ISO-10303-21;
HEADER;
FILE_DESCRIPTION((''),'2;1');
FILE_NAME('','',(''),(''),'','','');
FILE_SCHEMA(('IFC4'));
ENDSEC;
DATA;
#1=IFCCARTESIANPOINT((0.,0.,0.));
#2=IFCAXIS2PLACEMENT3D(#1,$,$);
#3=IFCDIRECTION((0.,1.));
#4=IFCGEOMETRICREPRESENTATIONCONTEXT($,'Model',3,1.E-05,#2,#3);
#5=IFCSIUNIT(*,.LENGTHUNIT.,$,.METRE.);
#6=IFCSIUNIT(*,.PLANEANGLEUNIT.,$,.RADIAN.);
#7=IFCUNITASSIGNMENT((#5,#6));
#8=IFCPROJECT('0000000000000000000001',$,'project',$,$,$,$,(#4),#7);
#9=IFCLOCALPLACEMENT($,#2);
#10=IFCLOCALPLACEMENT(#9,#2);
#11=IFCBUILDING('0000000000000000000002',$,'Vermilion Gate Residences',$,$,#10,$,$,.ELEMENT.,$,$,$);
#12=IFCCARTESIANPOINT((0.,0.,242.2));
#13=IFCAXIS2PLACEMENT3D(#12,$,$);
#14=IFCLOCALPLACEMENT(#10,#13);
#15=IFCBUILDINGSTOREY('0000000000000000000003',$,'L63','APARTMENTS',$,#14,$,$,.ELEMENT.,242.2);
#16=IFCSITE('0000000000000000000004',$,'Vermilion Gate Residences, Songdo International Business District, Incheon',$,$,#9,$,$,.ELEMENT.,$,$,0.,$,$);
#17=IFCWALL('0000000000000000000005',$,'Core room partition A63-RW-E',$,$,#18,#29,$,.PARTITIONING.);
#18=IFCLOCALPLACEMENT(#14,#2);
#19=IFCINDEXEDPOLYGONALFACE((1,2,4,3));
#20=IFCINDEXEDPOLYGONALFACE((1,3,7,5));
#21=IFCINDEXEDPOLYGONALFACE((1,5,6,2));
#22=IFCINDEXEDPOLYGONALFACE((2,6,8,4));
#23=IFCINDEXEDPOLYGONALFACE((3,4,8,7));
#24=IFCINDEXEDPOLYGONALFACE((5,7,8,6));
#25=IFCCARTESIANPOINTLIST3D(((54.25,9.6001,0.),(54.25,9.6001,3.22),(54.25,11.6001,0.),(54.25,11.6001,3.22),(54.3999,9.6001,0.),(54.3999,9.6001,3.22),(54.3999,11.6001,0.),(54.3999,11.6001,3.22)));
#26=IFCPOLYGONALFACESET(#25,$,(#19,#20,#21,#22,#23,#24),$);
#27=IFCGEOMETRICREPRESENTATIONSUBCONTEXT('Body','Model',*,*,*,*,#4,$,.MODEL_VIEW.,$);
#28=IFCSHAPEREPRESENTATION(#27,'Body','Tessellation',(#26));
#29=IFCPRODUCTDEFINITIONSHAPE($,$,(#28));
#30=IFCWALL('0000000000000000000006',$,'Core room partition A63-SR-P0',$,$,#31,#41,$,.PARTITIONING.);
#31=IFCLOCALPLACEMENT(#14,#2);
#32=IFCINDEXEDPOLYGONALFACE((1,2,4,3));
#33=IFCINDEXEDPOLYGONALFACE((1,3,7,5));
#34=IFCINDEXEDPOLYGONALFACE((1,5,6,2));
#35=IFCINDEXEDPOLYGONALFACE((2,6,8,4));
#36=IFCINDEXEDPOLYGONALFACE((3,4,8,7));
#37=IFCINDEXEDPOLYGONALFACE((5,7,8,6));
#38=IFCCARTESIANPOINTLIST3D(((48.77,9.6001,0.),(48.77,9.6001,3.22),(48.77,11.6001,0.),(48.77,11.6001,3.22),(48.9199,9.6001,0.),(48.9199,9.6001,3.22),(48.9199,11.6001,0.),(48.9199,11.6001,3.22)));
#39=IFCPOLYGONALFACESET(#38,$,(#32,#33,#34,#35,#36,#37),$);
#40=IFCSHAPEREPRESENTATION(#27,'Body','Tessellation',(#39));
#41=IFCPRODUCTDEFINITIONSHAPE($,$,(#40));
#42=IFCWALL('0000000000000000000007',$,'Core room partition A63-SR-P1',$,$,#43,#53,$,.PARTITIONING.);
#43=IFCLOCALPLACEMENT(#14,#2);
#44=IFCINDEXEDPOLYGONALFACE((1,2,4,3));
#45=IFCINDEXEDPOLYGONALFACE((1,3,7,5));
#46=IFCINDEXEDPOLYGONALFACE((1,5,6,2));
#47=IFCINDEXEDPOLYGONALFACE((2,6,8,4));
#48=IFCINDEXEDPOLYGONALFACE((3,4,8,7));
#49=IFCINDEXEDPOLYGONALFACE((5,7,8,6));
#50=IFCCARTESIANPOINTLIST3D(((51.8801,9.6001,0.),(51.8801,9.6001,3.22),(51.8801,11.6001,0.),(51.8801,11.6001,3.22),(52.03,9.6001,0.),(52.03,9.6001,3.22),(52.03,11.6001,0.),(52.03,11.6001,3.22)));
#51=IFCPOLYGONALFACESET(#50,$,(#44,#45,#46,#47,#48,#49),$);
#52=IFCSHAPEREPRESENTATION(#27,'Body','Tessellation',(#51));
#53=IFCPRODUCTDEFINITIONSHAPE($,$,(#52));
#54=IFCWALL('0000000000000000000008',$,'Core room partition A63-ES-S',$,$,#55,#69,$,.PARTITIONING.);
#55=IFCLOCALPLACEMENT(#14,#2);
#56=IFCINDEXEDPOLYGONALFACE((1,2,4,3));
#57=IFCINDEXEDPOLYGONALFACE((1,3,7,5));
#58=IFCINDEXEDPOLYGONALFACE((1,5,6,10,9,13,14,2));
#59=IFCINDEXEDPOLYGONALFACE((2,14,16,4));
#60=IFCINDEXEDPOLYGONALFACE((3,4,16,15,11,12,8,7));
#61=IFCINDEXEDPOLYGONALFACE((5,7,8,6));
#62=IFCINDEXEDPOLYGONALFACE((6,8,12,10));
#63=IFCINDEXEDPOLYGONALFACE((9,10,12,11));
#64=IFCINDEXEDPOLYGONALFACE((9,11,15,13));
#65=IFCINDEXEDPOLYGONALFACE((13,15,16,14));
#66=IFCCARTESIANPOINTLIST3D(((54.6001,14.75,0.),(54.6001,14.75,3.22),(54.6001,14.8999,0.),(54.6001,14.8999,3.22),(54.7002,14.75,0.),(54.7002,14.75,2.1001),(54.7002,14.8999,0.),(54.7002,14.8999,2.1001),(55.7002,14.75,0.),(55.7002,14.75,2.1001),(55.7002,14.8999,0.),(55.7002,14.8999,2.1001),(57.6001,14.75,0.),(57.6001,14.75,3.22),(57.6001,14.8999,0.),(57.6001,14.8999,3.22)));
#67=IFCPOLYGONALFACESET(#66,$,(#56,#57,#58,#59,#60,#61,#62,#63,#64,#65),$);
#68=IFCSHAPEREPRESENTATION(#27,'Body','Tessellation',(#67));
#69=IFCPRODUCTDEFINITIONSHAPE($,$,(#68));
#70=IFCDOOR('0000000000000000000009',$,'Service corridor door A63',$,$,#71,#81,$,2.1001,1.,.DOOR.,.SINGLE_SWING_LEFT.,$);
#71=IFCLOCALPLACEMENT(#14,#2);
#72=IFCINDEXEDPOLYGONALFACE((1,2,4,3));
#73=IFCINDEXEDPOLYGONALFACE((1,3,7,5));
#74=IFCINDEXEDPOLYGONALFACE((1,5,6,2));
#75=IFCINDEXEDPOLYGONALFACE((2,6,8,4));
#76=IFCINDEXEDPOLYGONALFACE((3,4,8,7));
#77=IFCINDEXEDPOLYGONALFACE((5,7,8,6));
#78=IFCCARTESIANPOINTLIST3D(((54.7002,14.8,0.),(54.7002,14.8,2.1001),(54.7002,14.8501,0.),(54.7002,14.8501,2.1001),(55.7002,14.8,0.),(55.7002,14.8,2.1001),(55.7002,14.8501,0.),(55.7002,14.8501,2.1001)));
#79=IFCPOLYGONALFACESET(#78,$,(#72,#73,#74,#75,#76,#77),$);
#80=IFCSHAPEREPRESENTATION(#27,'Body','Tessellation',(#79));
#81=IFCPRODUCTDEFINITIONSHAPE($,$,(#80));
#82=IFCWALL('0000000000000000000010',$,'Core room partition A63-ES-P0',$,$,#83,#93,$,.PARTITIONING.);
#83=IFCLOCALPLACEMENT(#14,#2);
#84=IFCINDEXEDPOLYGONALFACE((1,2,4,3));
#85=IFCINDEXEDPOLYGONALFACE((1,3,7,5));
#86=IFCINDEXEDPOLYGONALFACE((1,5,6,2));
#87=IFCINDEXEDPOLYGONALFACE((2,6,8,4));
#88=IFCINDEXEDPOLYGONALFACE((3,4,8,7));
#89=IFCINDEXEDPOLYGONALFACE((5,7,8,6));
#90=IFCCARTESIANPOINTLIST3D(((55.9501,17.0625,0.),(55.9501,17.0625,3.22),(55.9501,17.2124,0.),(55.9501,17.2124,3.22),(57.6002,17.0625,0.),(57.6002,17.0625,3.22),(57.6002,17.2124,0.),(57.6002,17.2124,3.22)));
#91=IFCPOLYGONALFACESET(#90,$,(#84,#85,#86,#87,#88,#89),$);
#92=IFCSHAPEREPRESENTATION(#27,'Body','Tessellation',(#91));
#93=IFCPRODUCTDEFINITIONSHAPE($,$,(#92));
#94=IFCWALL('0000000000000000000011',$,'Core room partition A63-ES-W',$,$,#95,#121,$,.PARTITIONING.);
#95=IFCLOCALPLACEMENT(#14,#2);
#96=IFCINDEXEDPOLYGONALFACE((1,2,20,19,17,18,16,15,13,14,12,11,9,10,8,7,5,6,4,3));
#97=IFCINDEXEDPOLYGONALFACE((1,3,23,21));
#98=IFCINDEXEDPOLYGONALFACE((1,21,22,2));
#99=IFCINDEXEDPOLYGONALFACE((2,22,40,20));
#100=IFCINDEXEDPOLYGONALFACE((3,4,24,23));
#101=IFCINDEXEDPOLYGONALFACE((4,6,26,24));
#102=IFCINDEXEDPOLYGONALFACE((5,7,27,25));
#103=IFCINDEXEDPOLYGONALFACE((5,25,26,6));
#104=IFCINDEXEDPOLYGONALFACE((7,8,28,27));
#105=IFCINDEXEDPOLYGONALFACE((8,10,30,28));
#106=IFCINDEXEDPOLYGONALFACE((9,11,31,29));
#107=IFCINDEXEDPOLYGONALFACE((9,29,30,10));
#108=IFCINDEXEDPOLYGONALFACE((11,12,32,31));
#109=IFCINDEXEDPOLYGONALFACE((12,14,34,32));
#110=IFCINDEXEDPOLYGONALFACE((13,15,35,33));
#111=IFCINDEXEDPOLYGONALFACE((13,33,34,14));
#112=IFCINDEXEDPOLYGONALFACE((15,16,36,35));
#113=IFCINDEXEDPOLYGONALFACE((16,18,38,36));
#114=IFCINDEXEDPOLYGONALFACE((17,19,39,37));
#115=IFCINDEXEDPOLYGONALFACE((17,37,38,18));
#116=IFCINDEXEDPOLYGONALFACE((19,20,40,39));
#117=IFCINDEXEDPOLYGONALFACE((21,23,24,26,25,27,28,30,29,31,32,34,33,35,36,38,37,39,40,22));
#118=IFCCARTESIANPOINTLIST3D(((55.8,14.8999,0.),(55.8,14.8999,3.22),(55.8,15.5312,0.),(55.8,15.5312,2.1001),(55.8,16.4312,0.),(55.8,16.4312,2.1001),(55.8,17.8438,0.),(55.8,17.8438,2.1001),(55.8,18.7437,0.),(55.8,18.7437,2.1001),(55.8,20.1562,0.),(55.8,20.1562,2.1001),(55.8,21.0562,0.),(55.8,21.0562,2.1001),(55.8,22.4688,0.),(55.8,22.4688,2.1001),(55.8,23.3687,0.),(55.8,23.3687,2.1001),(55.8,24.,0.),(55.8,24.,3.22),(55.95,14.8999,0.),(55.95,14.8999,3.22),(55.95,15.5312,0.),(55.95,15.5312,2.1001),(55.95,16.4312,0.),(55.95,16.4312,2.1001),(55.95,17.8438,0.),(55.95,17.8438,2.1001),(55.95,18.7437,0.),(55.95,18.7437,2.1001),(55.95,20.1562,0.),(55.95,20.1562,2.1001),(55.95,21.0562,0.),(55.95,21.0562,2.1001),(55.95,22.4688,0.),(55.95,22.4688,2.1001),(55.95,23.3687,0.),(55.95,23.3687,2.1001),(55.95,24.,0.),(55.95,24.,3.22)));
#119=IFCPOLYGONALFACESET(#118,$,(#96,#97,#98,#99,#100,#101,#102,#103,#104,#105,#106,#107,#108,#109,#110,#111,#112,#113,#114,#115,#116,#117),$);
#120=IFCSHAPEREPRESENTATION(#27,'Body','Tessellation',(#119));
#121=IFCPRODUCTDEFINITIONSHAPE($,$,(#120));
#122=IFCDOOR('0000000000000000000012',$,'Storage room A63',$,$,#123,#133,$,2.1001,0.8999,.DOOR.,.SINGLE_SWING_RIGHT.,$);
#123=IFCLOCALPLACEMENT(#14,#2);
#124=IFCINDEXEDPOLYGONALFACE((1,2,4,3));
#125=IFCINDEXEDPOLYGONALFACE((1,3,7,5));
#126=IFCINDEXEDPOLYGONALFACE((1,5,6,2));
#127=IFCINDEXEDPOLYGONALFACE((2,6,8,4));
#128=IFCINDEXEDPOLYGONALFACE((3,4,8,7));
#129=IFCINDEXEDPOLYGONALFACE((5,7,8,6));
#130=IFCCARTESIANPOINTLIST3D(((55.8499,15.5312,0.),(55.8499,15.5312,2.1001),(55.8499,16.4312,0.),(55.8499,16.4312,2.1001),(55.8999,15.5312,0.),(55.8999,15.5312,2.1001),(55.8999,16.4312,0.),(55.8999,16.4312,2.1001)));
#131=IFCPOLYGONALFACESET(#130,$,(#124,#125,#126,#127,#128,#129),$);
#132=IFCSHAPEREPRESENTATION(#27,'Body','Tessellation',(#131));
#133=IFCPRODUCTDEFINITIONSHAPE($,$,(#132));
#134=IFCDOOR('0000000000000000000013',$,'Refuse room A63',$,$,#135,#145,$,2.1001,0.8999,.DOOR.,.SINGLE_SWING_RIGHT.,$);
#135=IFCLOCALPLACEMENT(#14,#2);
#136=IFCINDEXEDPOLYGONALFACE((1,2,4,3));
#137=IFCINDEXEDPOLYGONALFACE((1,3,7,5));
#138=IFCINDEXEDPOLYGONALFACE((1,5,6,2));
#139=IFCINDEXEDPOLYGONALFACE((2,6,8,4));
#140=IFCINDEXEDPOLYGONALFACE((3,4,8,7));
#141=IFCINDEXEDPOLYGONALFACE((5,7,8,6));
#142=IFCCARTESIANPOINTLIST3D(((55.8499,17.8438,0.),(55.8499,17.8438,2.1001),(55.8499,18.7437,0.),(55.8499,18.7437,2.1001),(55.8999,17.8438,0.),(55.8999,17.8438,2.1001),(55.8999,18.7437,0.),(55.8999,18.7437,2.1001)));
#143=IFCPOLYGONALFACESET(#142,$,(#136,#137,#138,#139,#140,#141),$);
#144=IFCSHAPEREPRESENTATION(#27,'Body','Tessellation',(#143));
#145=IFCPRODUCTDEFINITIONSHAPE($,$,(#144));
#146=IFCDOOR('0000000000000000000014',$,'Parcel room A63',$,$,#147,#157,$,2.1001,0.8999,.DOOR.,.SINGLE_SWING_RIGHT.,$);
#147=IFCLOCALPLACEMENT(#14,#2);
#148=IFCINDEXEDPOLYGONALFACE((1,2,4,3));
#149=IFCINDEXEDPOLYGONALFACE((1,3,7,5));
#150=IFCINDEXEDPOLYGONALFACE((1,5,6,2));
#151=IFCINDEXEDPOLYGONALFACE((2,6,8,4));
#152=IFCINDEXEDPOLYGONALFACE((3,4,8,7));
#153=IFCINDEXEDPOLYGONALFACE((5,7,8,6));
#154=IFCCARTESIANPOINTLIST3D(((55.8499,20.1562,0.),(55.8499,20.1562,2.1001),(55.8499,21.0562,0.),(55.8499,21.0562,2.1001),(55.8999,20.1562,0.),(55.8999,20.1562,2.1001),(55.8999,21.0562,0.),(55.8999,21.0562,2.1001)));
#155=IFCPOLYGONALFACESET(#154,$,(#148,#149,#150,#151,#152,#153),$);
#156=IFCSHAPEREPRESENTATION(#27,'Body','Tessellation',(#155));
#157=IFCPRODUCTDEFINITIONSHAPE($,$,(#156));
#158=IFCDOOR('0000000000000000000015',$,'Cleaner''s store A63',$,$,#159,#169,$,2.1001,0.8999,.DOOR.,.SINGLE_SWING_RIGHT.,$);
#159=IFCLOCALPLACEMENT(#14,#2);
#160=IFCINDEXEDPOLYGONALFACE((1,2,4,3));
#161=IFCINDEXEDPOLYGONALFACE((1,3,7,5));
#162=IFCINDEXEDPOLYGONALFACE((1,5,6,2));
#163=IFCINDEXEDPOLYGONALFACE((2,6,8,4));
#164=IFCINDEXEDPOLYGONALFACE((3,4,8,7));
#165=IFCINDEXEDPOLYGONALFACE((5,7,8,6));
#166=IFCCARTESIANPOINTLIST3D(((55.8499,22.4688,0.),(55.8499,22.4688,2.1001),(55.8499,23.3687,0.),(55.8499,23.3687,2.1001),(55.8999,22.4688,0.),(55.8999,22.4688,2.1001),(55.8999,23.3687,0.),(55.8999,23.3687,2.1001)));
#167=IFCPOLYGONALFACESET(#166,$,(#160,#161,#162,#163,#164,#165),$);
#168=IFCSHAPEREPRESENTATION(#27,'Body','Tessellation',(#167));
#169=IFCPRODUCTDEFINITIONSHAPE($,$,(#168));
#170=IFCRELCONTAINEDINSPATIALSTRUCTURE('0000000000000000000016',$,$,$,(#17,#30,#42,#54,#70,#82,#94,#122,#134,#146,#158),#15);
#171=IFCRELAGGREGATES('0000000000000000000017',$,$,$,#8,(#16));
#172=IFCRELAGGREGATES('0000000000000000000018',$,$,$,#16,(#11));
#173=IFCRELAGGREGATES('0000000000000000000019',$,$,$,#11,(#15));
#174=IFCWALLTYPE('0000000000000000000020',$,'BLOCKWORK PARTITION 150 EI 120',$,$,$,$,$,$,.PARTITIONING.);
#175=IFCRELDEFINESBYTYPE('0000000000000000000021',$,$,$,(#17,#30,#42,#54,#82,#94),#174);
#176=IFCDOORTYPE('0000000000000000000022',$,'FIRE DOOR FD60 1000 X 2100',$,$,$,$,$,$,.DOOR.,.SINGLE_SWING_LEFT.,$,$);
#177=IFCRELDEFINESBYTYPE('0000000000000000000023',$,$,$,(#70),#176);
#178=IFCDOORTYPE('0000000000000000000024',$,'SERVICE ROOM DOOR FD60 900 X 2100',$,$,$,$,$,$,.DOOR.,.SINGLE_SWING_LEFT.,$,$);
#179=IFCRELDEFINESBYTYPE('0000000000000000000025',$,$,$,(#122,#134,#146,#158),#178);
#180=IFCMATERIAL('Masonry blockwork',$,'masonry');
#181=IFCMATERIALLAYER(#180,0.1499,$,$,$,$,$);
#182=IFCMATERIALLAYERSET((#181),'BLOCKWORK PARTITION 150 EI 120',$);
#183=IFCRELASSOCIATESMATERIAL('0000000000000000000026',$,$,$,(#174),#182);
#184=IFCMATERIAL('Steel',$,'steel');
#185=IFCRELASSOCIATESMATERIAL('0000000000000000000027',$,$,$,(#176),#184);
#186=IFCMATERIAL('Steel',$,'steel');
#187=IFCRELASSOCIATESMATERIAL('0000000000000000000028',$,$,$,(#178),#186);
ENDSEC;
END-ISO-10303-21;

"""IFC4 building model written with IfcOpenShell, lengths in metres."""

from ifc_helpers import new_model, si_unit, direction, frame, frame_2d, origin, place, context, subcontext, project, spatial, rectangle, extrude, material, layer, layer_set, type_object, element, fill, save


model = new_model("IFC4")

# Units and contexts
model_context = context("Model", 3, precision=1e-05, world=origin(), true_north=direction((0.0, 1.0)))
body_context = subcontext(model_context, "Body", "Model", "MODEL_VIEW")
ifc_project = project(units=[si_unit("LENGTHUNIT", "METRE"), si_unit("PLANEANGLEUNIT", "RADIAN")], contexts=[model_context])

# Site, building, storey
site_placement = place(None, origin())
site = spatial("IfcSite", under=ifc_project, at=site_placement, Name="Vermilion Gate Residences, Songdo International Business District, Incheon", CompositionType="ELEMENT", RefElevation=0.0)
building_placement = place(site_placement, origin())
building = spatial("IfcBuilding", under=site, at=building_placement, Name="Vermilion Gate Residences", CompositionType="ELEMENT")
storey_placement = place(building_placement, frame((0.0, 0.0, 242.2)))
storey = spatial("IfcBuildingStorey", under=building, at=storey_placement, Name="L63", Description="APARTMENTS", CompositionType="ELEMENT", Elevation=242.2)

# Walls
ifc_material_1 = material(Name="Masonry blockwork", Category="masonry")
ifc_layer_1 = layer(ifc_material_1, 0.1499)
ifc_layer_set_1 = layer_set([ifc_layer_1], Name="BLOCKWORK PARTITION 150 EI 120")
wall_type_1 = type_object("IfcWallType", Name="BLOCKWORK PARTITION 150 EI 120", PredefinedType="PARTITIONING", material=ifc_layer_set_1)
for number, where, z_axis, x_axis, name in (
    (1, (54.325, 9.6001, 0.0), (0.0, 0.0, 1.0), (0.0, 1.0, 0.0), "Core room partition A63-RW-E"),
    (2, (48.845, 9.6001, 0.0), (0.0, 0.0, 1.0), (0.0, 1.0, 0.0), "Core room partition A63-SR-P0"),
    (3, (51.9551, 9.6001, 0.0), (0.0, 0.0, 1.0), (0.0, 1.0, 0.0), "Core room partition A63-SR-P1"),
):
    element("IfcWall", number, at=place(storey_placement, frame(where, z_axis=z_axis, x_axis=x_axis)), inside=storey, type_object=wall_type_1, Name=name, PredefinedType="PARTITIONING", context=body_context, shape_type="SweptSolid", body=[
        extrude(rectangle(XDim=2.0, YDim=0.1499, at=frame_2d((1.0, 0.0))), origin(), (0.0, 0.0, 1.0), 3.22),
    ])

# Wall, opening, door
wall_1_placement = place(storey_placement, frame((54.6001, 14.825, 0.0), z_axis=(0.0, 0.0, 1.0), x_axis=(1.0, 0.0, 0.0)))
wall_1 = element("IfcWall", 4, at=wall_1_placement, inside=storey, type_object=wall_type_1, Name="Core room partition A63-ES-S", PredefinedType="PARTITIONING", context=body_context, shape_type="SweptSolid", body=[
    extrude(rectangle(XDim=3.0, YDim=0.1499, at=frame_2d((1.5, 0.0))), origin(), (0.0, 0.0, 1.0), 3.22),
])
opening_1_placement = place(wall_1_placement, frame((0.1001, 0.0, 0.0)))
opening_1 = element("IfcOpeningElement", 5, at=opening_1_placement, cuts=wall_1, PredefinedType="OPENING", context=body_context, shape_type="SweptSolid", body=[
    extrude(rectangle(XDim=1.0, YDim=2.1001, at=frame_2d((0.5, 1.05))), frame((0.0, 0.085, 0.0), z_axis=(0.0, -1.0, 0.0), x_axis=(1.0, 0.0, 0.0)), (0.0, 0.0, 1.0), 0.1699),
])
ifc_material_2 = material(Name="Steel", Category="steel")
door_type_1 = type_object("IfcDoorType", Name="FIRE DOOR FD60 1000 X 2100", OperationType="SINGLE_SWING_LEFT", PredefinedType="DOOR", material=ifc_material_2)
door_1_placement = place(opening_1_placement, frame((1.0, 0.0, 0.0), z_axis=(0.0, 0.0, 1.0), x_axis=(-1.0, 0.0, 0.0)))
door_1 = element("IfcDoor", 6, at=door_1_placement, inside=storey, type_object=door_type_1, Name="Service corridor door A63", OperationType="SINGLE_SWING_LEFT", OverallHeight=2.1001, OverallWidth=1.0, PredefinedType="DOOR", context=body_context, shape_type="SweptSolid", body=[
    extrude(rectangle(XDim=1.0, YDim=2.1001, at=frame_2d((0.5, 1.05))), frame((0.0, 0.0249, 0.0), z_axis=(0.0, -1.0, 0.0), x_axis=(1.0, 0.0, 0.0)), (0.0, 0.0, 1.0), 0.05),
])
fill(opening_1, door_1)

# Wall
wall_2_placement = place(storey_placement, frame((55.95, 17.1375, 0.0), z_axis=(0.0, 0.0, 1.0), x_axis=(1.0, 0.0, 0.0)))
element("IfcWall", 7, at=wall_2_placement, inside=storey, type_object=wall_type_1, Name="Core room partition A63-ES-P0", PredefinedType="PARTITIONING", context=body_context, shape_type="SweptSolid", body=[
    extrude(rectangle(XDim=1.6501, YDim=0.1499, at=frame_2d((0.8252, 0.0))), origin(), (0.0, 0.0, 1.0), 3.22),
])

# Wall, openings, doors
wall_3_placement = place(storey_placement, frame((55.875, 14.8999, 0.0), z_axis=(0.0, 0.0, 1.0), x_axis=(0.0, 1.0, 0.0)))
wall_3 = element("IfcWall", 8, at=wall_3_placement, inside=storey, type_object=wall_type_1, Name="Core room partition A63-ES-W", PredefinedType="PARTITIONING", context=body_context, shape_type="SweptSolid", body=[
    extrude(rectangle(XDim=9.1001, YDim=0.1499, at=frame_2d((4.55, 0.0))), origin(), (0.0, 0.0, 1.0), 3.22),
])
opening_2_placement = place(wall_3_placement, frame((0.6313, 0.0, 0.0)))
opening_2 = element("IfcOpeningElement", 9, at=opening_2_placement, cuts=wall_3, PredefinedType="OPENING", context=body_context, shape_type="SweptSolid", body=[
    extrude(rectangle(XDim=0.8999, YDim=2.1001, at=frame_2d((0.45, 1.05))), frame((0.0, 0.085, 0.0), z_axis=(0.0, -1.0, 0.0), x_axis=(1.0, 0.0, 0.0)), (0.0, 0.0, 1.0), 0.1699),
])
opening_3_placement = place(wall_3_placement, frame((2.9438, 0.0, 0.0)))
opening_3 = element("IfcOpeningElement", 10, at=opening_3_placement, cuts=wall_3, PredefinedType="OPENING", context=body_context, shape_type="SweptSolid", body=[
    extrude(rectangle(XDim=0.8999, YDim=2.1001, at=frame_2d((0.45, 1.05))), frame((0.0, 0.085, 0.0), z_axis=(0.0, -1.0, 0.0), x_axis=(1.0, 0.0, 0.0)), (0.0, 0.0, 1.0), 0.1699),
])
opening_4_placement = place(wall_3_placement, frame((5.2563, 0.0, 0.0)))
opening_4 = element("IfcOpeningElement", 11, at=opening_4_placement, cuts=wall_3, PredefinedType="OPENING", context=body_context, shape_type="SweptSolid", body=[
    extrude(rectangle(XDim=0.8999, YDim=2.1001, at=frame_2d((0.45, 1.05))), frame((0.0, 0.085, 0.0), z_axis=(0.0, -1.0, 0.0), x_axis=(1.0, 0.0, 0.0)), (0.0, 0.0, 1.0), 0.1699),
])
opening_5_placement = place(wall_3_placement, frame((7.5688, 0.0, 0.0)))
opening_5 = element("IfcOpeningElement", 12, at=opening_5_placement, cuts=wall_3, PredefinedType="OPENING", context=body_context, shape_type="SweptSolid", body=[
    extrude(rectangle(XDim=0.8999, YDim=2.1001, at=frame_2d((0.45, 1.05))), frame((0.0, 0.085, 0.0), z_axis=(0.0, -1.0, 0.0), x_axis=(1.0, 0.0, 0.0)), (0.0, 0.0, 1.0), 0.1699),
])
ifc_material_3 = material(Name="Steel", Category="steel")
door_type_2 = type_object("IfcDoorType", Name="SERVICE ROOM DOOR FD60 900 X 2100", OperationType="SINGLE_SWING_LEFT", PredefinedType="DOOR", material=ifc_material_3)
door_2_placement = place(opening_2_placement, frame((0.8999, 0.0, 0.0), z_axis=(0.0, 0.0, 1.0), x_axis=(-1.0, 0.0, 0.0)))
door_2 = element("IfcDoor", 13, at=door_2_placement, inside=storey, type_object=door_type_2, Name="Storage room A63", OperationType="SINGLE_SWING_RIGHT", OverallHeight=2.1001, OverallWidth=0.8999, PredefinedType="DOOR", context=body_context, shape_type="SweptSolid", body=[
    extrude(rectangle(XDim=0.8999, YDim=2.1001, at=frame_2d((0.45, 1.05))), frame((0.0, 0.0249, 0.0), z_axis=(0.0, -1.0, 0.0), x_axis=(1.0, 0.0, 0.0)), (0.0, 0.0, 1.0), 0.05),
])
fill(opening_2, door_2)
door_3_placement = place(opening_3_placement, frame((0.8999, 0.0, 0.0), z_axis=(0.0, 0.0, 1.0), x_axis=(-1.0, 0.0, 0.0)))
door_3 = element("IfcDoor", 14, at=door_3_placement, inside=storey, type_object=door_type_2, Name="Refuse room A63", OperationType="SINGLE_SWING_RIGHT", OverallHeight=2.1001, OverallWidth=0.8999, PredefinedType="DOOR", context=body_context, shape_type="SweptSolid", body=[
    extrude(rectangle(XDim=0.8999, YDim=2.1001, at=frame_2d((0.45, 1.05))), frame((0.0, 0.0249, 0.0), z_axis=(0.0, -1.0, 0.0), x_axis=(1.0, 0.0, 0.0)), (0.0, 0.0, 1.0), 0.05),
])
fill(opening_3, door_3)
door_4_placement = place(opening_4_placement, frame((0.8999, 0.0, 0.0), z_axis=(0.0, 0.0, 1.0), x_axis=(-1.0, 0.0, 0.0)))
door_4 = element("IfcDoor", 15, at=door_4_placement, inside=storey, type_object=door_type_2, Name="Parcel room A63", OperationType="SINGLE_SWING_RIGHT", OverallHeight=2.1001, OverallWidth=0.8999, PredefinedType="DOOR", context=body_context, shape_type="SweptSolid", body=[
    extrude(rectangle(XDim=0.8999, YDim=2.1001, at=frame_2d((0.45, 1.05))), frame((0.0, 0.0249, 0.0), z_axis=(0.0, -1.0, 0.0), x_axis=(1.0, 0.0, 0.0)), (0.0, 0.0, 1.0), 0.05),
])
fill(opening_4, door_4)
door_5_placement = place(opening_5_placement, frame((0.8999, 0.0, 0.0), z_axis=(0.0, 0.0, 1.0), x_axis=(-1.0, 0.0, 0.0)))
door_5 = element("IfcDoor", 16, at=door_5_placement, inside=storey, type_object=door_type_2, Name="Cleaner's store A63", OperationType="SINGLE_SWING_RIGHT", OverallHeight=2.1001, OverallWidth=0.8999, PredefinedType="DOOR", context=body_context, shape_type="SweptSolid", body=[
    extrude(rectangle(XDim=0.8999, YDim=2.1001, at=frame_2d((0.45, 1.05))), frame((0.0, 0.0249, 0.0), z_axis=(0.0, -1.0, 0.0), x_axis=(1.0, 0.0, 0.0)), (0.0, 0.0, 1.0), 0.05),
])
fill(opening_5, door_5)

save(model, "model.ifc")
